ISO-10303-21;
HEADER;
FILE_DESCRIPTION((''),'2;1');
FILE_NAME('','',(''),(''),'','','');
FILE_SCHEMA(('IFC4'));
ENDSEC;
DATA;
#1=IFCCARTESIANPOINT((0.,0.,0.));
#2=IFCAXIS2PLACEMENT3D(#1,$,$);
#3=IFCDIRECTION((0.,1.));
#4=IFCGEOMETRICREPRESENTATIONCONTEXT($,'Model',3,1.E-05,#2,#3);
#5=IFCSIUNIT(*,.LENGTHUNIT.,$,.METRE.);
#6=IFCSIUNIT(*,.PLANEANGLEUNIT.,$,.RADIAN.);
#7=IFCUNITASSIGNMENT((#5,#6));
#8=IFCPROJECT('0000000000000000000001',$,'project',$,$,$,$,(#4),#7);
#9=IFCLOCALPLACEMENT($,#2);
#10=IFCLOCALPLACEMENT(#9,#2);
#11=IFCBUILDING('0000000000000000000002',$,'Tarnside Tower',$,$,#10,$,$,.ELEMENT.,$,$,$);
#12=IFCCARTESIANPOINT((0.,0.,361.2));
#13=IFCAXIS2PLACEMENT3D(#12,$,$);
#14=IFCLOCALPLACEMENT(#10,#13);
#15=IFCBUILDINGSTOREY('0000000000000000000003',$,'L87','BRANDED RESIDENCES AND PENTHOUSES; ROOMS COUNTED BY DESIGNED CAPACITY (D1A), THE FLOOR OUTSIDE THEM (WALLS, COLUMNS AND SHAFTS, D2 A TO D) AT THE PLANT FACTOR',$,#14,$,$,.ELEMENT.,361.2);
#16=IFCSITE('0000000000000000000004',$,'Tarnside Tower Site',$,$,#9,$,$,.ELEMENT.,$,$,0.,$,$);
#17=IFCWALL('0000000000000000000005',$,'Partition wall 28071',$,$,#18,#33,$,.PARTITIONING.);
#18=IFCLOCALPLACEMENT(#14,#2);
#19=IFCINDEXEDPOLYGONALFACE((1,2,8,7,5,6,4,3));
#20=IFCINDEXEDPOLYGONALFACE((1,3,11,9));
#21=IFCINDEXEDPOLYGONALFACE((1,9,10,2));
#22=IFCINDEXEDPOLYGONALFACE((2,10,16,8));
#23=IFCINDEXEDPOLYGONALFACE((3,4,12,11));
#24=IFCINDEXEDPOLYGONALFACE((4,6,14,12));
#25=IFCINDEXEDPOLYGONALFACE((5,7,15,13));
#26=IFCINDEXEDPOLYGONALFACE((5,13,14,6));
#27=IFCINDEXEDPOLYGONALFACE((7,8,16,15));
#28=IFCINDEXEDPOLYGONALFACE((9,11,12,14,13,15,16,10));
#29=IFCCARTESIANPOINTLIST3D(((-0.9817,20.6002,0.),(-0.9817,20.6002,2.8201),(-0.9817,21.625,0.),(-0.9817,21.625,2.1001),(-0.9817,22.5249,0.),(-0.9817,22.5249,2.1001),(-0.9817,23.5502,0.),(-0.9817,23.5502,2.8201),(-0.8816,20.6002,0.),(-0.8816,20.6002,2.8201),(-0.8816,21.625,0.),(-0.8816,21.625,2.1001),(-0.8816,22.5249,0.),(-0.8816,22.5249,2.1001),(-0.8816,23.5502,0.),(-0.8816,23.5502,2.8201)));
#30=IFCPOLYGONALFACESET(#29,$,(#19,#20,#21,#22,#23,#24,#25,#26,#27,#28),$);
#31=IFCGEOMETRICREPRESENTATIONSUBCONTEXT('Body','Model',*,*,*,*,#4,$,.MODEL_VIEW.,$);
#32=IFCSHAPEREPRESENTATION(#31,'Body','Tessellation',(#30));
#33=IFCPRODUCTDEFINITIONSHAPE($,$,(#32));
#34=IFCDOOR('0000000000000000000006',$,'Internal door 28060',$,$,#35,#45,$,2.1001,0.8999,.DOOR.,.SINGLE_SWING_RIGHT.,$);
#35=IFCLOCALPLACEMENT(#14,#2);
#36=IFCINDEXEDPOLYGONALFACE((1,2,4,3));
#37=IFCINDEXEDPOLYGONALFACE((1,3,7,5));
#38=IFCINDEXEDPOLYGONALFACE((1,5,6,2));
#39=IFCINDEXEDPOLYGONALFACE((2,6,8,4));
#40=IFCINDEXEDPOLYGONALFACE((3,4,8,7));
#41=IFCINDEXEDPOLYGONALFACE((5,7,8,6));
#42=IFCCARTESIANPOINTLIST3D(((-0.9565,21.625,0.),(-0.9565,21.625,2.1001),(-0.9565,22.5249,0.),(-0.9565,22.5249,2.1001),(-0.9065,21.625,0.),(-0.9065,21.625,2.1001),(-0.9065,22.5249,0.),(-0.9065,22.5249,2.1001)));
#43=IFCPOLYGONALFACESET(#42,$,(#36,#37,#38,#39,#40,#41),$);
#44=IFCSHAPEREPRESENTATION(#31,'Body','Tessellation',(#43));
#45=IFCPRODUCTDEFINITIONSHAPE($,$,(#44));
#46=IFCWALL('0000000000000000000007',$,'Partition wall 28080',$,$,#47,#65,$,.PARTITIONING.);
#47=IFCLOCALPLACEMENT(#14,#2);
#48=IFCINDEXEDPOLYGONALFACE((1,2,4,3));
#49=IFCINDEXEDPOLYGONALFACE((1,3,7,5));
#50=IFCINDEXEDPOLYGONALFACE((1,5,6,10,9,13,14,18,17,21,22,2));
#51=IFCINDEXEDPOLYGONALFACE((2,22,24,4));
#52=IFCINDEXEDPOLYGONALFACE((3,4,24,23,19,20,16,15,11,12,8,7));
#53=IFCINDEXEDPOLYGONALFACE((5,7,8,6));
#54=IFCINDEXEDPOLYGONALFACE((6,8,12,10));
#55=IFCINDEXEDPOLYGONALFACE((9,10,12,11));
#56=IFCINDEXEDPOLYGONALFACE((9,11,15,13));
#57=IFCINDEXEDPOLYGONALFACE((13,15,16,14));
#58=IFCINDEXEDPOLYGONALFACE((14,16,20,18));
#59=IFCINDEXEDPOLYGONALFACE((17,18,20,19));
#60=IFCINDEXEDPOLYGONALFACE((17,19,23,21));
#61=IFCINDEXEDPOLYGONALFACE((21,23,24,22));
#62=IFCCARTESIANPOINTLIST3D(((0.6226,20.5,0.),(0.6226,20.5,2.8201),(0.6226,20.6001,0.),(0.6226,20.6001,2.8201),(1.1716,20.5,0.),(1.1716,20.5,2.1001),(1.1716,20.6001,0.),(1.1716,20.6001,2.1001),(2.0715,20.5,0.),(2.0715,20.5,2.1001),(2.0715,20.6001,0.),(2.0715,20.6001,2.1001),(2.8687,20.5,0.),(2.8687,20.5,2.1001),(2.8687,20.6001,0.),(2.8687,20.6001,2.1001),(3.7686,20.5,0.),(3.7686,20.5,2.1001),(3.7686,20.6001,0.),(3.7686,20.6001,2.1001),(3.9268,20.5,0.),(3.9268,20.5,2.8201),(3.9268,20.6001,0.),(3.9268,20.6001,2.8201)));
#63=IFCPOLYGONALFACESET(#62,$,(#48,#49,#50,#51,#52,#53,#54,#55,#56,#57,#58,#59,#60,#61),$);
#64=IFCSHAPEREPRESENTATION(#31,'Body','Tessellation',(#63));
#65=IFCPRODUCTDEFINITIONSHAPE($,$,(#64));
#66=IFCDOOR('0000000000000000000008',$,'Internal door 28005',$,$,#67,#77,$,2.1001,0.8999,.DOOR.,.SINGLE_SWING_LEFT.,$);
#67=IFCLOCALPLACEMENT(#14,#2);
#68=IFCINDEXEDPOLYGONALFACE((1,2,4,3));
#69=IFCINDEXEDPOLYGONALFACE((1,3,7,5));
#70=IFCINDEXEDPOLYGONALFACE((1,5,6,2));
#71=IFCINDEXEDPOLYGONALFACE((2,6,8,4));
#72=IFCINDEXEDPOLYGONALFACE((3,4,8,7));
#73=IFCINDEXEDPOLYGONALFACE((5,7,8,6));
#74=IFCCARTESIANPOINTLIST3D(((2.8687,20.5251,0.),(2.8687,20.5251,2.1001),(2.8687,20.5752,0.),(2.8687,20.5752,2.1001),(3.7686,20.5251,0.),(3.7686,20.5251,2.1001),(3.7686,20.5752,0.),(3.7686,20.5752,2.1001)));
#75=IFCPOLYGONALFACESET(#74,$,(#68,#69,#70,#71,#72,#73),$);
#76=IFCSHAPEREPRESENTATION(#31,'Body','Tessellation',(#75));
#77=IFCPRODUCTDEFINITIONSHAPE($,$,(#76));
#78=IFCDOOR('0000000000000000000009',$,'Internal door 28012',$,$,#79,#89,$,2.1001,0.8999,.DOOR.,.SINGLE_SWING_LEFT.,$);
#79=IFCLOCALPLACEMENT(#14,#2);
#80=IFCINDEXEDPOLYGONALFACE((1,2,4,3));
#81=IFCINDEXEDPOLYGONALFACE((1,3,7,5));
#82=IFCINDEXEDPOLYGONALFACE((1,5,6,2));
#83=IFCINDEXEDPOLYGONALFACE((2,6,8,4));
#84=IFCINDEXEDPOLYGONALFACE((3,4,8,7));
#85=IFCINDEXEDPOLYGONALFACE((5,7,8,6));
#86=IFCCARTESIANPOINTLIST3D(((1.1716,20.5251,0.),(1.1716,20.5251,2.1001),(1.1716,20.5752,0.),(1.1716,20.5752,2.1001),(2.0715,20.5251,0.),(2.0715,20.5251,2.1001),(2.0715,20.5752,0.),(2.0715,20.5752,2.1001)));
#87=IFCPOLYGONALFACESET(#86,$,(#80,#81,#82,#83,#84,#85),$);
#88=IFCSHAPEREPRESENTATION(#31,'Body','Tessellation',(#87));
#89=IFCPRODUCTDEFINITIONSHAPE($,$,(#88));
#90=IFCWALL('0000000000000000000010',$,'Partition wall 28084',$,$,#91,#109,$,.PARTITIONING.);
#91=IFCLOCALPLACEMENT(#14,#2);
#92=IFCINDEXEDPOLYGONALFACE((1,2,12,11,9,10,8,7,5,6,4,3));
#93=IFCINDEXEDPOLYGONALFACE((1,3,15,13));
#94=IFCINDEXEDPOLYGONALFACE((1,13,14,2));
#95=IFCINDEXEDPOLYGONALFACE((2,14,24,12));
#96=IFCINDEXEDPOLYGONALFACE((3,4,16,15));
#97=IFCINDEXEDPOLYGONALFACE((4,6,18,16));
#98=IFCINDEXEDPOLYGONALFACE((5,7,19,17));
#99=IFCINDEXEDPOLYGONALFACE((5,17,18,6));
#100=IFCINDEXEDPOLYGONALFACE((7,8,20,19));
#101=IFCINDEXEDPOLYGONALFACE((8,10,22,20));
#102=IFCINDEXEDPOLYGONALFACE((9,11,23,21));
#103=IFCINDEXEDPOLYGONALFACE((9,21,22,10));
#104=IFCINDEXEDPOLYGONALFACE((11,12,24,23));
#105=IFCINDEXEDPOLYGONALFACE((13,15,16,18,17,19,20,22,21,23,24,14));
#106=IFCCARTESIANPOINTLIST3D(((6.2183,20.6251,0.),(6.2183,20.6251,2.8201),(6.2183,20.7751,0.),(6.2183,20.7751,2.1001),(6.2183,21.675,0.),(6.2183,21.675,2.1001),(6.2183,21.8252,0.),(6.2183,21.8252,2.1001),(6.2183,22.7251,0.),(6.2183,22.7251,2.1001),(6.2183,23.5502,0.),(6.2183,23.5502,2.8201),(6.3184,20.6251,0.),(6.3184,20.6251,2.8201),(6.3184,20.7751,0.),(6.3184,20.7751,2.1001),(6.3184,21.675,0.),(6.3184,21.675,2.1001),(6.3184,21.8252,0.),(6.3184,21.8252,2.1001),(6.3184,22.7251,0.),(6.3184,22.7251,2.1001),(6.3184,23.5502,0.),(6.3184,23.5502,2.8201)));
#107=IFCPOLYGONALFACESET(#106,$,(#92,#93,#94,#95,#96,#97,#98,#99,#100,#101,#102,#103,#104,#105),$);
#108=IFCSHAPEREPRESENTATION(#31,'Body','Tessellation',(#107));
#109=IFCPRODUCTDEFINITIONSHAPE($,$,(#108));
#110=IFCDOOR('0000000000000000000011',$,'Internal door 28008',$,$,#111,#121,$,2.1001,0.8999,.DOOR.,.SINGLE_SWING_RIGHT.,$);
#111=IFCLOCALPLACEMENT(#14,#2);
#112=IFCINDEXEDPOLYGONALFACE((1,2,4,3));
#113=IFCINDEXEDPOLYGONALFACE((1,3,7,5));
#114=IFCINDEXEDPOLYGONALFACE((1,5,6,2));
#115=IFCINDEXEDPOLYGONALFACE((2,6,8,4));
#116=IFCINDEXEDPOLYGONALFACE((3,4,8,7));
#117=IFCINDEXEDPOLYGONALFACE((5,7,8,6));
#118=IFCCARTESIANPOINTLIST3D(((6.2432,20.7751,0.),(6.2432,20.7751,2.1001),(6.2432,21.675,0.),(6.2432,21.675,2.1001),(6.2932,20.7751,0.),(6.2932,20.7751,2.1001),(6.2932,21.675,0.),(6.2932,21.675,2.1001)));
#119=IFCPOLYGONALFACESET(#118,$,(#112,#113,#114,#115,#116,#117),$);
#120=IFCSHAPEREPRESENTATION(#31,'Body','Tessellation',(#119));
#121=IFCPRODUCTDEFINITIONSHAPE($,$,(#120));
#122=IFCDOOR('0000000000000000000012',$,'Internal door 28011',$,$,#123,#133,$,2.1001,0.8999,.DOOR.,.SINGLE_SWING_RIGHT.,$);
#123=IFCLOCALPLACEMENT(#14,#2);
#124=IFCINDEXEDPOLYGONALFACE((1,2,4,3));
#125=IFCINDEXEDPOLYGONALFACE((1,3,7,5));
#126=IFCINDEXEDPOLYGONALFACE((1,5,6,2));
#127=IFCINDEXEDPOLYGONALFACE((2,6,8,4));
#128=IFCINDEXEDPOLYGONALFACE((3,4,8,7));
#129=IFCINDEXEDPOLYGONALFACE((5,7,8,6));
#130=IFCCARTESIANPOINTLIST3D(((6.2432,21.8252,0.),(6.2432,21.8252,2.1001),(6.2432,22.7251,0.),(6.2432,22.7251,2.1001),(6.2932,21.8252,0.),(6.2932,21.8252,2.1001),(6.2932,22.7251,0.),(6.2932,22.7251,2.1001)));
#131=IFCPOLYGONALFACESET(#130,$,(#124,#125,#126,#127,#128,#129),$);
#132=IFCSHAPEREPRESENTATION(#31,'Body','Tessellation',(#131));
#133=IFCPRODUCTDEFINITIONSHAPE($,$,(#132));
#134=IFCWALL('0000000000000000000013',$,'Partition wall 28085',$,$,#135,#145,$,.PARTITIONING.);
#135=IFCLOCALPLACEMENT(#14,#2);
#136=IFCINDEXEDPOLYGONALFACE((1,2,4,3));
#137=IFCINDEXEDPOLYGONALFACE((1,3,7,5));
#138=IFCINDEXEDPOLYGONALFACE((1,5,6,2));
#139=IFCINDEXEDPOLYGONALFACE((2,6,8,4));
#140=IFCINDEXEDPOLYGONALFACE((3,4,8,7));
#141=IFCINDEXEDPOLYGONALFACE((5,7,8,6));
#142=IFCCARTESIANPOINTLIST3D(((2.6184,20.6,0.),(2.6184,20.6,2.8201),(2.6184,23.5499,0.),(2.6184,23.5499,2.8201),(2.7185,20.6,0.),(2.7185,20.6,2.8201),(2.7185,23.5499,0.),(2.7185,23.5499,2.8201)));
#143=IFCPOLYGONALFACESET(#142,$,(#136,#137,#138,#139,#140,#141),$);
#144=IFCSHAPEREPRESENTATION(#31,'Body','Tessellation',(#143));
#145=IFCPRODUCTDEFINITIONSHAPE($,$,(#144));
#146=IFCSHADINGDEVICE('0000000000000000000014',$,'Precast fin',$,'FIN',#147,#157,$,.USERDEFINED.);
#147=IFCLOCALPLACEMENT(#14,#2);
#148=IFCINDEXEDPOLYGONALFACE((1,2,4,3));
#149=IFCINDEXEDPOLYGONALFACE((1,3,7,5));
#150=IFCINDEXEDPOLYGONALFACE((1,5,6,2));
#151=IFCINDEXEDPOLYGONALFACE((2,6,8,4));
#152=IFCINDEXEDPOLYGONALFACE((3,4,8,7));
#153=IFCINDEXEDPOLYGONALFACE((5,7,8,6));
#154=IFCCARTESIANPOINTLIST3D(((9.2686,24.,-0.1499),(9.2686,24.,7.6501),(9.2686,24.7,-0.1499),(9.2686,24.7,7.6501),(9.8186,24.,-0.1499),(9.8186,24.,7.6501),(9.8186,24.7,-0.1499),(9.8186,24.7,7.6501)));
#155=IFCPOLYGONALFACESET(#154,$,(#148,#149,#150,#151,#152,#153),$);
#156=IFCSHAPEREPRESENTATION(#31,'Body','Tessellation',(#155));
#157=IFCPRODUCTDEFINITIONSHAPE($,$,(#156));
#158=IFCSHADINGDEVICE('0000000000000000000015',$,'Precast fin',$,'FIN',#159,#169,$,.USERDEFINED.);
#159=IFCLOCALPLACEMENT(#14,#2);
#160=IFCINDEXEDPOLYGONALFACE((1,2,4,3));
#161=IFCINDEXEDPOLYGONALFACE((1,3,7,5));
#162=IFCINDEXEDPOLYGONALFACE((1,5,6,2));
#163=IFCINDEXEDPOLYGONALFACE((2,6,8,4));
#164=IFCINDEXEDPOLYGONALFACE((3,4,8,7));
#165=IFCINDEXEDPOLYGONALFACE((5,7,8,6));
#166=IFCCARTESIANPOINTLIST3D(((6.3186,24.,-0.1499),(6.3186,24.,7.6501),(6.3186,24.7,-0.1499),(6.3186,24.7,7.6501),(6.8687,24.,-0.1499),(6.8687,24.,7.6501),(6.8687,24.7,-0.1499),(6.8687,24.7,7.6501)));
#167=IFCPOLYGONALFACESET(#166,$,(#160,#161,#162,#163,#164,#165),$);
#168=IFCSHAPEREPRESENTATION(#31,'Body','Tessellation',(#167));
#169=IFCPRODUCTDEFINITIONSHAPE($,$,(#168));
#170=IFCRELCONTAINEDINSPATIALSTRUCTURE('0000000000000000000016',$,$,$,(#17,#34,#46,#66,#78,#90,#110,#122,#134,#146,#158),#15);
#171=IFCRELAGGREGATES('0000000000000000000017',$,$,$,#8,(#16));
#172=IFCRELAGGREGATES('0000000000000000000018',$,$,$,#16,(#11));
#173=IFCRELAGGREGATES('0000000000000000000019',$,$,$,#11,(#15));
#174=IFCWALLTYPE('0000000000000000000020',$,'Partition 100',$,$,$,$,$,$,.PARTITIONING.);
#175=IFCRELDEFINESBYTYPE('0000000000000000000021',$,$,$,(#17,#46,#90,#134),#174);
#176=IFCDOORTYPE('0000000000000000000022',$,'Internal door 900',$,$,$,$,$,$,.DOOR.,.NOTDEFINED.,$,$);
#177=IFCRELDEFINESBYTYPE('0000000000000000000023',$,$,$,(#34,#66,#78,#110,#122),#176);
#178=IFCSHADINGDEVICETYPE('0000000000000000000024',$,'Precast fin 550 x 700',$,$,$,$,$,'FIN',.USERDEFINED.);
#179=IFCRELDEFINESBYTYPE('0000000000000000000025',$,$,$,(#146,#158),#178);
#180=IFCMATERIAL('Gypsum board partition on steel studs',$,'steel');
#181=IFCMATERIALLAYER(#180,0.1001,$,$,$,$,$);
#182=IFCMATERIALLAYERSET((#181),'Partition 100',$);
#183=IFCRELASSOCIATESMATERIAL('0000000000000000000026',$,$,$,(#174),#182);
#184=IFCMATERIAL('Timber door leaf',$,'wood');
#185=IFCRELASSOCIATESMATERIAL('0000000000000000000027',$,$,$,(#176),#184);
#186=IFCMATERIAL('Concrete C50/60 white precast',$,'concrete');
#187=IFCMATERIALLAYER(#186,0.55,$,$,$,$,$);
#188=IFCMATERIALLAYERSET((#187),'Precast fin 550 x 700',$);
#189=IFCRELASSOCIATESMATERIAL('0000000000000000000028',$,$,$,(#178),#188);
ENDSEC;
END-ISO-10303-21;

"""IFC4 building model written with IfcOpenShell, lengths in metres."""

from ifc_helpers import new_model, si_unit, direction, frame, frame_2d, origin, place, context, subcontext, project, spatial, polyline, rectangle, outline, extrude, material, layer, layer_set, type_object, element, fill, save


model = new_model("IFC4")

# Units and contexts
model_context = context("Model", 3, precision=1e-05, world=origin(), true_north=direction((0.0, 1.0)))
body_context = subcontext(model_context, "Body", "Model", "MODEL_VIEW")
ifc_project = project(units=[si_unit("LENGTHUNIT", "METRE"), si_unit("PLANEANGLEUNIT", "RADIAN")], contexts=[model_context])

# Site, building, storey
site_placement = place(None, origin())
site = spatial("IfcSite", under=ifc_project, at=site_placement, Name="Tarnside Tower Site", CompositionType="ELEMENT", RefElevation=0.0)
building_placement = place(site_placement, origin())
building = spatial("IfcBuilding", under=site, at=building_placement, Name="Tarnside Tower", CompositionType="ELEMENT")
storey_placement = place(building_placement, frame((0.0, 0.0, 361.2)))
storey = spatial("IfcBuildingStorey", under=building, at=storey_placement, Name="L87", Description="BRANDED RESIDENCES AND PENTHOUSES; ROOMS COUNTED BY DESIGNED CAPACITY (D1A), THE FLOOR OUTSIDE THEM (WALLS, COLUMNS AND SHAFTS, D2 A TO D) AT THE PLANT FACTOR", CompositionType="ELEMENT", Elevation=361.2)

# Shared definitions
ifc_material_1 = material(Name="Gypsum board partition on steel studs", Category="steel")
ifc_material_2 = material(Name="Timber door leaf", Category="wood")

# Wall, opening, door
ifc_layer_1 = layer(ifc_material_1, 0.1001)
ifc_layer_set_1 = layer_set([ifc_layer_1], Name="Partition 100")
wall_type_1 = type_object("IfcWallType", Name="Partition 100", PredefinedType="PARTITIONING", material=ifc_layer_set_1)
wall_1_placement = place(storey_placement, frame((-0.9316, 20.6001, 0.0), z_axis=(0.0, 0.0, 1.0), x_axis=(0.0, 1.0, 0.0)))
wall_1 = element("IfcWall", 1, at=wall_1_placement, inside=storey, type_object=wall_type_1, Name="Partition wall 28071", PredefinedType="PARTITIONING", context=body_context, shape_type="SweptSolid", body=[
    extrude(rectangle(XDim=2.95, YDim=0.1001, at=frame_2d((1.4751, 0.0))), origin(), (0.0, 0.0, 1.0), 2.8201),
])
opening_1_placement = place(wall_1_placement, frame((1.0249, 0.0, 0.0)))
opening_1 = element("IfcOpeningElement", 2, at=opening_1_placement, cuts=wall_1, PredefinedType="OPENING", context=body_context, shape_type="SweptSolid", body=[
    extrude(rectangle(XDim=0.8999, YDim=2.1001, at=frame_2d((0.45, 1.05))), frame((0.0, 0.0601, 0.0), z_axis=(0.0, -1.0, 0.0), x_axis=(1.0, 0.0, 0.0)), (0.0, 0.0, 1.0), 0.1201),
])
door_type_1 = type_object("IfcDoorType", Name="Internal door 900", OperationType="NOTDEFINED", PredefinedType="DOOR", material=ifc_material_2)
door_1_placement = place(opening_1_placement, origin())
door_1 = element("IfcDoor", 3, at=door_1_placement, inside=storey, type_object=door_type_1, Name="Internal door 28060", OperationType="SINGLE_SWING_RIGHT", OverallHeight=2.1001, OverallWidth=0.8999, PredefinedType="DOOR", context=body_context, shape_type="SweptSolid", body=[
    extrude(rectangle(XDim=0.8999, YDim=2.1001, at=frame_2d((0.45, 1.05))), frame((0.0, 0.0249, 0.0), z_axis=(0.0, -1.0, 0.0), x_axis=(1.0, 0.0, 0.0)), (0.0, 0.0, 1.0), 0.05),
])
fill(opening_1, door_1)

# Walls, openings, doors
wall_2_placement = place(storey_placement, frame((3.9268, 20.55, 0.0), z_axis=(0.0, 0.0, 1.0), x_axis=(-1.0, 0.0, 0.0)))
wall_2 = element("IfcWall", 4, at=wall_2_placement, inside=storey, type_object=wall_type_1, Name="Partition wall 28080", PredefinedType="PARTITIONING", context=body_context, shape_type="SweptSolid", body=[
    extrude(rectangle(XDim=3.3042, YDim=0.1001, at=frame_2d((1.6521, 0.0))), origin(), (0.0, 0.0, 1.0), 2.8201),
])
opening_2_placement = place(wall_2_placement, frame((0.1582, 0.0, 0.0)))
opening_2 = element("IfcOpeningElement", 5, at=opening_2_placement, cuts=wall_2, PredefinedType="OPENING", context=body_context, shape_type="SweptSolid", body=[
    extrude(rectangle(XDim=0.8999, YDim=2.1001, at=frame_2d((0.45, 1.05))), frame((0.0, 0.0601, 0.0), z_axis=(0.0, -1.0, 0.0), x_axis=(1.0, 0.0, 0.0)), (0.0, 0.0, 1.0), 0.1201),
])
opening_3_placement = place(wall_2_placement, frame((1.8552, 0.0, 0.0)))
opening_3 = element("IfcOpeningElement", 6, at=opening_3_placement, cuts=wall_2, PredefinedType="OPENING", context=body_context, shape_type="SweptSolid", body=[
    extrude(rectangle(XDim=0.8999, YDim=2.1001, at=frame_2d((0.45, 1.05))), frame((0.0, 0.0601, 0.0), z_axis=(0.0, -1.0, 0.0), x_axis=(1.0, 0.0, 0.0)), (0.0, 0.0, 1.0), 0.1201),
])
door_2_placement = place(opening_2_placement, origin())
door_2 = element("IfcDoor", 7, at=door_2_placement, inside=storey, type_object=door_type_1, Name="Internal door 28005", OperationType="SINGLE_SWING_LEFT", OverallHeight=2.1001, OverallWidth=0.8999, PredefinedType="DOOR", context=body_context, shape_type="SweptSolid", body=[
    extrude(rectangle(XDim=0.8999, YDim=2.1001, at=frame_2d((0.45, 1.05))), frame((0.0, 0.0249, 0.0), z_axis=(0.0, -1.0, 0.0), x_axis=(1.0, 0.0, 0.0)), (0.0, 0.0, 1.0), 0.05),
])
fill(opening_2, door_2)
door_3_placement = place(opening_3_placement, origin())
door_3 = element("IfcDoor", 8, at=door_3_placement, inside=storey, type_object=door_type_1, Name="Internal door 28012", OperationType="SINGLE_SWING_LEFT", OverallHeight=2.1001, OverallWidth=0.8999, PredefinedType="DOOR", context=body_context, shape_type="SweptSolid", body=[
    extrude(rectangle(XDim=0.8999, YDim=2.1001, at=frame_2d((0.45, 1.05))), frame((0.0, 0.0249, 0.0), z_axis=(0.0, -1.0, 0.0), x_axis=(1.0, 0.0, 0.0)), (0.0, 0.0, 1.0), 0.05),
])
fill(opening_3, door_3)
wall_3_placement = place(storey_placement, frame((6.2683, 23.55, 0.0), z_axis=(0.0, 0.0, 1.0), x_axis=(0.0, -1.0, 0.0)))
wall_3 = element("IfcWall", 9, at=wall_3_placement, inside=storey, type_object=wall_type_1, Name="Partition wall 28084", PredefinedType="PARTITIONING", context=body_context, shape_type="SweptSolid", body=[
    extrude(rectangle(XDim=2.925, YDim=0.1001, at=frame_2d((1.4624, 0.0))), origin(), (0.0, 0.0, 1.0), 2.8201),
])
opening_4_placement = place(wall_3_placement, frame((1.875, 0.0, 0.0)))
opening_4 = element("IfcOpeningElement", 10, at=opening_4_placement, cuts=wall_3, PredefinedType="OPENING", context=body_context, shape_type="SweptSolid", body=[
    extrude(rectangle(XDim=0.8999, YDim=2.1001, at=frame_2d((0.45, 1.05))), frame((0.0, 0.0601, 0.0), z_axis=(0.0, -1.0, 0.0), x_axis=(1.0, 0.0, 0.0)), (0.0, 0.0, 1.0), 0.1201),
])
opening_5_placement = place(wall_3_placement, frame((0.825, 0.0, 0.0)))
opening_5 = element("IfcOpeningElement", 11, at=opening_5_placement, cuts=wall_3, PredefinedType="OPENING", context=body_context, shape_type="SweptSolid", body=[
    extrude(rectangle(XDim=0.8999, YDim=2.1001, at=frame_2d((0.45, 1.05))), frame((0.0, 0.0601, 0.0), z_axis=(0.0, -1.0, 0.0), x_axis=(1.0, 0.0, 0.0)), (0.0, 0.0, 1.0), 0.1201),
])
door_4_placement = place(opening_4_placement, origin())
door_4 = element("IfcDoor", 12, at=door_4_placement, inside=storey, type_object=door_type_1, Name="Internal door 28008", OperationType="SINGLE_SWING_RIGHT", OverallHeight=2.1001, OverallWidth=0.8999, PredefinedType="DOOR", context=body_context, shape_type="SweptSolid", body=[
    extrude(rectangle(XDim=0.8999, YDim=2.1001, at=frame_2d((0.45, 1.05))), frame((0.0, 0.0249, 0.0), z_axis=(0.0, -1.0, 0.0), x_axis=(1.0, 0.0, 0.0)), (0.0, 0.0, 1.0), 0.05),
])
fill(opening_4, door_4)
door_5_placement = place(opening_5_placement, origin())
door_5 = element("IfcDoor", 13, at=door_5_placement, inside=storey, type_object=door_type_1, Name="Internal door 28011", OperationType="SINGLE_SWING_RIGHT", OverallHeight=2.1001, OverallWidth=0.8999, PredefinedType="DOOR", context=body_context, shape_type="SweptSolid", body=[
    extrude(rectangle(XDim=0.8999, YDim=2.1001, at=frame_2d((0.45, 1.05))), frame((0.0, 0.0249, 0.0), z_axis=(0.0, -1.0, 0.0), x_axis=(1.0, 0.0, 0.0)), (0.0, 0.0, 1.0), 0.05),
])
fill(opening_5, door_5)

# Wall
wall_4_placement = place(storey_placement, frame((2.6685, 23.55, 0.0), z_axis=(0.0, 0.0, 1.0), x_axis=(0.0, -1.0, 0.0)))
element("IfcWall", 14, at=wall_4_placement, inside=storey, type_object=wall_type_1, Name="Partition wall 28085", PredefinedType="PARTITIONING", context=body_context, shape_type="SweptSolid", body=[
    extrude(rectangle(XDim=2.95, YDim=0.1001, at=frame_2d((1.4751, 0.0))), origin(), (0.0, 0.0, 1.0), 2.8201),
])

# Shading devices
ifc_material_3 = material(Name="Concrete C50/60 white precast", Category="concrete")
ifc_layer_2 = layer(ifc_material_3, 0.55)
ifc_layer_set_2 = layer_set([ifc_layer_2], Name="Precast fin 550 x 700")
shading_device_type = type_object("IfcShadingDeviceType", Name="Precast fin 550 x 700", ElementType="FIN", PredefinedType="USERDEFINED", material=ifc_layer_set_2)
for number, where, z_axis, x_axis, name in (
    (15, (9.5435, 24.0, -0.1499), (1.0, 0.0, 0.0), (0.0, 1.0, 0.0), "Precast fin"),
    (16, (6.5935, 24.0, -0.1499), (1.0, 0.0, 0.0), (0.0, 1.0, 0.0), "Precast fin"),
):
    element("IfcShadingDevice", number, at=place(storey_placement, frame(where, z_axis=z_axis, x_axis=x_axis)), inside=storey, type_object=shading_device_type, Name=name, ObjectType="FIN", PredefinedType="USERDEFINED", context=body_context, shape_type="SweptSolid", body=[
        extrude(outline(polyline([(0.0, 0.0), (0.7, 0.0), (0.7, 7.8), (0.0, 7.8), (0.0, 0.0)])), frame((0.0, 0.0, -0.2749)), (0.0, 0.0, 1.0), 0.55),
    ])

save(model, "model.ifc")
